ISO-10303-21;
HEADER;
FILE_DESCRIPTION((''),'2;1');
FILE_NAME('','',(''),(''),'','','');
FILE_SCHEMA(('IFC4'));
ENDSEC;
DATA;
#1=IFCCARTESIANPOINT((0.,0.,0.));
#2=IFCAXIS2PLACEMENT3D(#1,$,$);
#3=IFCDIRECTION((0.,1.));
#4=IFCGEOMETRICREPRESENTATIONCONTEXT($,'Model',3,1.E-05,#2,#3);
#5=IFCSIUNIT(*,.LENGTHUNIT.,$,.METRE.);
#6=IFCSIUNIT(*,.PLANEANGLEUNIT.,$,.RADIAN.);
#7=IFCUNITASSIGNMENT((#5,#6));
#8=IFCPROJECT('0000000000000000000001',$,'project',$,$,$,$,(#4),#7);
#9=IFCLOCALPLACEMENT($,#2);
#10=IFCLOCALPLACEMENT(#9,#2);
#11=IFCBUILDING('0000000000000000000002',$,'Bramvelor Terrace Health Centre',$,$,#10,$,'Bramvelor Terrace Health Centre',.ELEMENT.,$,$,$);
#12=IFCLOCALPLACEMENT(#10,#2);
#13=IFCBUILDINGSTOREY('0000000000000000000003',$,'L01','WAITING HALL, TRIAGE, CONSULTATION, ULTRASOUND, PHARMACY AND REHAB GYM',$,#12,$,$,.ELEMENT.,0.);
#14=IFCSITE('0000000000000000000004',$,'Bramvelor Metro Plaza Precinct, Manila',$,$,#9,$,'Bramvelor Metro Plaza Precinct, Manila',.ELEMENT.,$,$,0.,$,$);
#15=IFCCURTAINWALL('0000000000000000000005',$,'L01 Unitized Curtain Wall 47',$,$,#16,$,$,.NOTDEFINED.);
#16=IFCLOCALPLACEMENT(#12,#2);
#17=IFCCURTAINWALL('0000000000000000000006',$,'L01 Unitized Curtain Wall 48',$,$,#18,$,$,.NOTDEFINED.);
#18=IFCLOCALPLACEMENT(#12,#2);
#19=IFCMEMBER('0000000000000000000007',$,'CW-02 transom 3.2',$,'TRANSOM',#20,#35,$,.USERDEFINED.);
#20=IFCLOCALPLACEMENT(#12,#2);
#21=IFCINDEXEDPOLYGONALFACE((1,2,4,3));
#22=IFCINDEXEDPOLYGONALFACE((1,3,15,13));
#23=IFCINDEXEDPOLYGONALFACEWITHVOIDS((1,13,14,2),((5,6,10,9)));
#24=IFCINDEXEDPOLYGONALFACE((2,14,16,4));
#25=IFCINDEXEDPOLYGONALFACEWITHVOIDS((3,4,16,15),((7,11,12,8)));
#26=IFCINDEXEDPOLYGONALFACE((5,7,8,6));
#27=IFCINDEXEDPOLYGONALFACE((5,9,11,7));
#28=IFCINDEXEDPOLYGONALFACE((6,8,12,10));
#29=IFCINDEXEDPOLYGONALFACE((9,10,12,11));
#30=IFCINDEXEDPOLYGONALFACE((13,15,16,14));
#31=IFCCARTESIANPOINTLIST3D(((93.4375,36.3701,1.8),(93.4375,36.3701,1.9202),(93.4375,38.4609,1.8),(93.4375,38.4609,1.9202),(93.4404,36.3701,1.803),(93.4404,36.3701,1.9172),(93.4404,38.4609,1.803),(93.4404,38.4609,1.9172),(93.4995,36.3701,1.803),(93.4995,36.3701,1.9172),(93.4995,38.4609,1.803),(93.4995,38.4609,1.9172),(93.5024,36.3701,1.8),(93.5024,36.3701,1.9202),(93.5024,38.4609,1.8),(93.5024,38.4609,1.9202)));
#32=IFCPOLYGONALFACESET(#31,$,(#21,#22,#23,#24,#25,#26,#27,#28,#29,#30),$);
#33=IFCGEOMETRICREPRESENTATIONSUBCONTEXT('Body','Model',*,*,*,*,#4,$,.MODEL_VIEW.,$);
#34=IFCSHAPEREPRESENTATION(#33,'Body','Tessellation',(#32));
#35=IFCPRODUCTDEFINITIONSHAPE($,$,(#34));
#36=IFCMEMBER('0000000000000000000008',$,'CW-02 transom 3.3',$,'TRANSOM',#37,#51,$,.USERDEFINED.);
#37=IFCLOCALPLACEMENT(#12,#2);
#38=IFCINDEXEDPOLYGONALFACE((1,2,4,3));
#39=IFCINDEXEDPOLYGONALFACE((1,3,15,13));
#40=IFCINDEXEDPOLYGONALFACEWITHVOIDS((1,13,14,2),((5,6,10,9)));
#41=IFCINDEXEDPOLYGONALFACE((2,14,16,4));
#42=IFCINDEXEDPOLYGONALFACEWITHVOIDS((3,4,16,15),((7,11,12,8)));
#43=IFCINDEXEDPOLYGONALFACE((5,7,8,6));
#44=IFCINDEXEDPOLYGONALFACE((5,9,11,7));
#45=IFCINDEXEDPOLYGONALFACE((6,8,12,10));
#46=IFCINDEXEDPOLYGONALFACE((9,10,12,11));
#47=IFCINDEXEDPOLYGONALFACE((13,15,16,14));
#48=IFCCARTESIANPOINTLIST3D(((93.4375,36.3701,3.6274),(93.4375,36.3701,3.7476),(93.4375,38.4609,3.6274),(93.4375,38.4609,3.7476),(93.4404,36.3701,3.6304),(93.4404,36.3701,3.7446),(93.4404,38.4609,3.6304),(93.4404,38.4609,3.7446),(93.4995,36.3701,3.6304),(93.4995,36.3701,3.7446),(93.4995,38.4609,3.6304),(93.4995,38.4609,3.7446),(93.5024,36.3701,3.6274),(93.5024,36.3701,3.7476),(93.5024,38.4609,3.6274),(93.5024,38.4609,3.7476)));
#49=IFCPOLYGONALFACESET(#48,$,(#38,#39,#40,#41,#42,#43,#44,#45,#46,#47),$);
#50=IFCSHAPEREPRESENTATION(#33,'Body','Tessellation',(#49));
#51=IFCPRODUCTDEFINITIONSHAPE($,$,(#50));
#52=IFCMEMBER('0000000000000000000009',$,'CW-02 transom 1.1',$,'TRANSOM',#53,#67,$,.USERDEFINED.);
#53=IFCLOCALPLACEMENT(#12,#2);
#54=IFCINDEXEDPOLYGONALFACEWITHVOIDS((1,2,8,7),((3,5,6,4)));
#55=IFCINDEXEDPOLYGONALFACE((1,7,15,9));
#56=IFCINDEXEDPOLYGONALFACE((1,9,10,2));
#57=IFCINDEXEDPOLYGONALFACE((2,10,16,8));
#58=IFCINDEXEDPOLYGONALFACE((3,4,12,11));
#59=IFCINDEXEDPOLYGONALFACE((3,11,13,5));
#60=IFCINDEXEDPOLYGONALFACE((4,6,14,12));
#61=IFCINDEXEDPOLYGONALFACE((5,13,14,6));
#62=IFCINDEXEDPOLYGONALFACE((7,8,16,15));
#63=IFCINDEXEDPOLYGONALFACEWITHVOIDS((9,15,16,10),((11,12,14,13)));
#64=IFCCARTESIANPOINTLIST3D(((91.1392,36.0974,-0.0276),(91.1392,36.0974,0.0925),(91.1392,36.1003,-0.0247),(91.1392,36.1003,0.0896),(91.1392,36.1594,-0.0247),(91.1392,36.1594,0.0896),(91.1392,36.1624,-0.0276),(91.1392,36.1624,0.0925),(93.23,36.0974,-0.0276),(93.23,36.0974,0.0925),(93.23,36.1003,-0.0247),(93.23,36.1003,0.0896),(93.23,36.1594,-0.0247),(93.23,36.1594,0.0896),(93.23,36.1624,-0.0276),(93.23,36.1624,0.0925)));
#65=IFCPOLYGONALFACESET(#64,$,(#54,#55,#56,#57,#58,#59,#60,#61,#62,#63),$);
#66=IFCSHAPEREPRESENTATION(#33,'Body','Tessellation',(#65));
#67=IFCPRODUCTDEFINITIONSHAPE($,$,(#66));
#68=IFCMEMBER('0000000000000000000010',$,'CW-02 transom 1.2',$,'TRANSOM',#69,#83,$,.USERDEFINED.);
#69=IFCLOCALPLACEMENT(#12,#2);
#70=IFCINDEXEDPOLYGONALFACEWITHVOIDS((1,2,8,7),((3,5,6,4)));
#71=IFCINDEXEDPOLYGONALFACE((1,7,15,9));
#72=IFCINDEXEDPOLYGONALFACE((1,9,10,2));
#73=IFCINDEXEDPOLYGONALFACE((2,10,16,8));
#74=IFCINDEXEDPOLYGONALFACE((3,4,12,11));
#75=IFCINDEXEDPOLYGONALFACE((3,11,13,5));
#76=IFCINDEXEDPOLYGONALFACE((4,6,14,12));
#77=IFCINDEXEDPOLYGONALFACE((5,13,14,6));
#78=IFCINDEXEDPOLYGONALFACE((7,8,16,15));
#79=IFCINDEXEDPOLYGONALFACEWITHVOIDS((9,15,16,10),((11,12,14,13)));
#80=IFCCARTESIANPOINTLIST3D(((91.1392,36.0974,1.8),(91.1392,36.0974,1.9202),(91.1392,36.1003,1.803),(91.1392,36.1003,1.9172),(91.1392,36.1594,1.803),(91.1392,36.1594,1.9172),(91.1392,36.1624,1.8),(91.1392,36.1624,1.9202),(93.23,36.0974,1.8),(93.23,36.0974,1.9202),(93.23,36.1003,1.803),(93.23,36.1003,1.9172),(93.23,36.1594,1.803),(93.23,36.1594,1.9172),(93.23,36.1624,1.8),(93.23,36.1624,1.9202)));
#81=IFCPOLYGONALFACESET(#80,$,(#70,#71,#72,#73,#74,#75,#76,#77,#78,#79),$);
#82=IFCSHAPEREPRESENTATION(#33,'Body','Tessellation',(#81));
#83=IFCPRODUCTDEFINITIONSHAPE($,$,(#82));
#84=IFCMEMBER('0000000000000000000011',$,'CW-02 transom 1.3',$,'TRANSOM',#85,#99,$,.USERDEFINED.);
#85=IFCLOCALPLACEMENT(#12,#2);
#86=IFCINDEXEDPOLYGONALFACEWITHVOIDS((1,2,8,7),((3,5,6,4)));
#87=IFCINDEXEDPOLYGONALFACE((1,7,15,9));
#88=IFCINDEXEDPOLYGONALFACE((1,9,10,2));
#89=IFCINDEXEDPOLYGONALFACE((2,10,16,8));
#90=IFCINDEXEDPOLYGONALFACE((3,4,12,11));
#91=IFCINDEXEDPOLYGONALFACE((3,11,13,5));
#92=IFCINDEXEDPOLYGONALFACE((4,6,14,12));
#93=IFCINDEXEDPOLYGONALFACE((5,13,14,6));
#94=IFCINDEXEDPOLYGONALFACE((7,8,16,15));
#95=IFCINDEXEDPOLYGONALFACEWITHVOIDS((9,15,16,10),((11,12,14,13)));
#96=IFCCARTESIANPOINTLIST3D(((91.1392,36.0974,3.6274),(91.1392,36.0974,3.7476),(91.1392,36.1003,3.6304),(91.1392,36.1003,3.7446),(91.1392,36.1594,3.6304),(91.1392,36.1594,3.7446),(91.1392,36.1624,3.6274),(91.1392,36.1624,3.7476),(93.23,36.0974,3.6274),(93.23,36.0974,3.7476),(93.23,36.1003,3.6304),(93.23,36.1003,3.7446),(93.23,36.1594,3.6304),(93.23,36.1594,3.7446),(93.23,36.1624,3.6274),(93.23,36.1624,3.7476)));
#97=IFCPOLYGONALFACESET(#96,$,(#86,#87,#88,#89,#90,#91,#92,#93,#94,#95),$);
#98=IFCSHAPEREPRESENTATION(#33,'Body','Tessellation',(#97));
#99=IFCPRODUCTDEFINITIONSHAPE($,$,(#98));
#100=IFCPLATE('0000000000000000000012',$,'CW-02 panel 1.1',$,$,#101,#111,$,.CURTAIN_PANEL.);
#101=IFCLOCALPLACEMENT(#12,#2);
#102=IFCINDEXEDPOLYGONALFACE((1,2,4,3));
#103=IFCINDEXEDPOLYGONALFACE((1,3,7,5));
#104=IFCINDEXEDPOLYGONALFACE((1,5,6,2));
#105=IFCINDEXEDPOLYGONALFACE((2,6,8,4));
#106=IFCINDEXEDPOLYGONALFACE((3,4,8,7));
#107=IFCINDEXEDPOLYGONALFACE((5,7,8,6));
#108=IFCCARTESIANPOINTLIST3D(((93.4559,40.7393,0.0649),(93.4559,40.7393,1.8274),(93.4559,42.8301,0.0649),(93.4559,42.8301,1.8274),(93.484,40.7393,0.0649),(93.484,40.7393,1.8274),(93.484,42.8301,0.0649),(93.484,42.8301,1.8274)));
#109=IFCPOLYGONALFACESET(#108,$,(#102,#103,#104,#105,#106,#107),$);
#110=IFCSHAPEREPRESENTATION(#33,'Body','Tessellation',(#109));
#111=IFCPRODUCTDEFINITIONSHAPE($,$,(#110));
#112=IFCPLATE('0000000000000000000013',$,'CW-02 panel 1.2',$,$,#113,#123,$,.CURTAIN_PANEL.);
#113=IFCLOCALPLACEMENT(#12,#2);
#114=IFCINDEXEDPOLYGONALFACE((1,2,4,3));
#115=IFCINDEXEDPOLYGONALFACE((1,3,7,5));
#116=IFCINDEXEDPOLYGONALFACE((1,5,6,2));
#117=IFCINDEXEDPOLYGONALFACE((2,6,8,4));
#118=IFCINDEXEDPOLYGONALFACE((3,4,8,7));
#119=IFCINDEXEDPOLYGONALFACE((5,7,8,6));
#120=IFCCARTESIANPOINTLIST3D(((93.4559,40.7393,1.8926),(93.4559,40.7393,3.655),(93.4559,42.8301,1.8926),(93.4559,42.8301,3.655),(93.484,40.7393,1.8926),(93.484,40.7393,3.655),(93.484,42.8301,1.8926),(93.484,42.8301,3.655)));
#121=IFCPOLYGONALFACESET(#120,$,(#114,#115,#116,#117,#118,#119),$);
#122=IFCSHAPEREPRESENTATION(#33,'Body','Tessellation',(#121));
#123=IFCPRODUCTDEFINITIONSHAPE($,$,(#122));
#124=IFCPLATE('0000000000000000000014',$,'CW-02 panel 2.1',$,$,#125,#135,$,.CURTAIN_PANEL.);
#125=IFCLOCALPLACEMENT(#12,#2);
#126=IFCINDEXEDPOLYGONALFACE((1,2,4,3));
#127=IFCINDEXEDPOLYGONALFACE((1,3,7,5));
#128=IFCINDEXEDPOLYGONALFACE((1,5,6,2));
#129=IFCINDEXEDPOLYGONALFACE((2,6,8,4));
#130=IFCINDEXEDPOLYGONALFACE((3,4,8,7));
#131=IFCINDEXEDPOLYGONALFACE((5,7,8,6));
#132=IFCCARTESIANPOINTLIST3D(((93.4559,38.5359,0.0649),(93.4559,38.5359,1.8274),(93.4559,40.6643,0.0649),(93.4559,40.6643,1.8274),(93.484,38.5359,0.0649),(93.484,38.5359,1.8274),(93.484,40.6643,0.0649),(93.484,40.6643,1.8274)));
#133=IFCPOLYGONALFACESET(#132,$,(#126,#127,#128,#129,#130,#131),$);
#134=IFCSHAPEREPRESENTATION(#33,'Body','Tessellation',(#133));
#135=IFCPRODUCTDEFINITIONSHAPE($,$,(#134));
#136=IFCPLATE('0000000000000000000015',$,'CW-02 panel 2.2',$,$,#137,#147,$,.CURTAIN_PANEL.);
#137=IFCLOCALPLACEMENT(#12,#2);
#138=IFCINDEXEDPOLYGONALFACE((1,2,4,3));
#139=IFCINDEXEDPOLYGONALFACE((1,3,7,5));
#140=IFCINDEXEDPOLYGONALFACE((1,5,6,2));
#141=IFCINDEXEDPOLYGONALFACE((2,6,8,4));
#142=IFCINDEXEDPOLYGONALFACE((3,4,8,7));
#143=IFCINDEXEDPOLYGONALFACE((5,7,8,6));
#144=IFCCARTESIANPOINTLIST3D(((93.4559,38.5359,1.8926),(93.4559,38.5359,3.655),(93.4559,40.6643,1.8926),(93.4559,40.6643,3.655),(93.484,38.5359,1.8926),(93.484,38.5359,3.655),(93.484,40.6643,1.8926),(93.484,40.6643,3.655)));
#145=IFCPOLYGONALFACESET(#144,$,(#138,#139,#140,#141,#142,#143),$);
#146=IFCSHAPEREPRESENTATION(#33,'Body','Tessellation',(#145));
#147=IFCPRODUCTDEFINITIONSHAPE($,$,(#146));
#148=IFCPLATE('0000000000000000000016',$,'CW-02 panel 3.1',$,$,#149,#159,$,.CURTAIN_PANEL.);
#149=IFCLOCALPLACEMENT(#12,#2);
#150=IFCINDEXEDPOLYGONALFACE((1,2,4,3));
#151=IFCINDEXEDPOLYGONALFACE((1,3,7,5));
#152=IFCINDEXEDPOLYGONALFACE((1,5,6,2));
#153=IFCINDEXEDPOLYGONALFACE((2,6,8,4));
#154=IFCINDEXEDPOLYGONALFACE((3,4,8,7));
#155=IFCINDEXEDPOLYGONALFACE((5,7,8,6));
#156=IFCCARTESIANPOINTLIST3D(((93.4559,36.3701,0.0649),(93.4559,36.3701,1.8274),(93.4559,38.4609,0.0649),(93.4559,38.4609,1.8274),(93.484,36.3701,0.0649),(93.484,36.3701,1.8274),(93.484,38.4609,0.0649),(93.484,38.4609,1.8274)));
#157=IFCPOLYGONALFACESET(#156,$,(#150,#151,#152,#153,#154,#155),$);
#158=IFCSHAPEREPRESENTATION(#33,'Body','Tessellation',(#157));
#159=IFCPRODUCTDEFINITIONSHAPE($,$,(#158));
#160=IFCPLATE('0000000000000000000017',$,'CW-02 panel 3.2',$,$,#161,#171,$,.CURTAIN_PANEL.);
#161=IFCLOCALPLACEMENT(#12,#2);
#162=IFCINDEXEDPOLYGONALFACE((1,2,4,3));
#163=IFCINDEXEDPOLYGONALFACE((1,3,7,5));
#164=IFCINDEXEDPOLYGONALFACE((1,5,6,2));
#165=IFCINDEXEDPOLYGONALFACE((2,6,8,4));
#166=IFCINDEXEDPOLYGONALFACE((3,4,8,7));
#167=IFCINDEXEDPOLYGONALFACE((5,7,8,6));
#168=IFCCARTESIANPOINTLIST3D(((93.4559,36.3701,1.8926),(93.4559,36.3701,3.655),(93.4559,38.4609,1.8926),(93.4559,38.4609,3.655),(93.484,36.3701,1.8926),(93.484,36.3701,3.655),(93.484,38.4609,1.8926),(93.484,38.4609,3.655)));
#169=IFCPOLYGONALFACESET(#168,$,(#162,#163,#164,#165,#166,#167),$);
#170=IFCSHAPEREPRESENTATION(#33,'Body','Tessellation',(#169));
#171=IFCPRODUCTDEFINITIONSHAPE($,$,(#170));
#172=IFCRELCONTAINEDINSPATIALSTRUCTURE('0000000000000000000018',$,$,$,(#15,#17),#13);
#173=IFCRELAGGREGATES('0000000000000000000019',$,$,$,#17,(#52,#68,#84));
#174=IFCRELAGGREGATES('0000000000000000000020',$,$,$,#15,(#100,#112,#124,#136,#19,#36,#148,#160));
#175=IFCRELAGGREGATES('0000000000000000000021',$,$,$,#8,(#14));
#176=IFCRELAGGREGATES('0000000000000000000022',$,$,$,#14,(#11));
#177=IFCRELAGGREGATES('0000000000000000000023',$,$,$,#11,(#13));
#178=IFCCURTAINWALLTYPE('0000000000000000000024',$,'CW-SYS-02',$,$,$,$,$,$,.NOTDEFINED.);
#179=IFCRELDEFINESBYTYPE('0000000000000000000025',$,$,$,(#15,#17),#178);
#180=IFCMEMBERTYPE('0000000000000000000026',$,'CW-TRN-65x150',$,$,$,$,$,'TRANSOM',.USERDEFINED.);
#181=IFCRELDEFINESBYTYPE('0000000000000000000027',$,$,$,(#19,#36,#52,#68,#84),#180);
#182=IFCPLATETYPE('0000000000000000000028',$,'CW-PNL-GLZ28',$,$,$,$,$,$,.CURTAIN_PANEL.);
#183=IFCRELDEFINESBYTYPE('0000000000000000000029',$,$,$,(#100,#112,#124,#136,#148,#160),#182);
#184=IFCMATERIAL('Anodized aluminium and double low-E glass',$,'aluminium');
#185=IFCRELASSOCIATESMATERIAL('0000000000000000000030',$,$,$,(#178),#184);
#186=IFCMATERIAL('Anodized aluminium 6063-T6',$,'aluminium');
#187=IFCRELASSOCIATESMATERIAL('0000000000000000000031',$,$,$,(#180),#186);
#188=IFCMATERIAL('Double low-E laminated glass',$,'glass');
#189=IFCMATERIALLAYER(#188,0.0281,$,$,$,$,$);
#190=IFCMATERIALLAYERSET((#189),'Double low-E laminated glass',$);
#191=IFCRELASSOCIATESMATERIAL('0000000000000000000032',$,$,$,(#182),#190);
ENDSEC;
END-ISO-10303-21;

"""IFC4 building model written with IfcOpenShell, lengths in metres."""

from ifc_helpers import new_model, si_unit, direction, frame, origin, origin_2d, place, context, subcontext, project, spatial, rectangle, hollow_rectangle, extrude, material, layer, layer_set, material_profile, profile_set, type_object, element, aggregate, save


model = new_model("IFC4")

# Units and contexts
model_context = context("Model", 3, precision=1e-05, world=origin(), true_north=direction((0.0, 1.0)))
body_context = subcontext(model_context, "Body", "Model", "MODEL_VIEW")
ifc_project = project(units=[si_unit("LENGTHUNIT", "METRE"), si_unit("PLANEANGLEUNIT", "RADIAN")], contexts=[model_context])

# Site, building, storey
site_placement = place(None, origin())
site = spatial("IfcSite", under=ifc_project, at=site_placement, Name="Bramvelor Metro Plaza Precinct, Manila", LongName="Bramvelor Metro Plaza Precinct, Manila", CompositionType="ELEMENT", RefElevation=0.0)
building_placement = place(site_placement, origin())
building = spatial("IfcBuilding", under=site, at=building_placement, Name="Bramvelor Terrace Health Centre", LongName="Bramvelor Terrace Health Centre", CompositionType="ELEMENT")
storey_placement = place(building_placement, origin())
storey = spatial("IfcBuildingStorey", under=building, at=storey_placement, Name="L01", Description="WAITING HALL, TRIAGE, CONSULTATION, ULTRASOUND, PHARMACY AND REHAB GYM", CompositionType="ELEMENT", Elevation=0.0)

# Curtain wall
ifc_material_1 = material(Name="Anodized aluminium and double low-E glass", Category="aluminium")
curtain_wall_type = type_object("IfcCurtainWallType", Name="CW-SYS-02", PredefinedType="NOTDEFINED", material=ifc_material_1)
curtain_wall_1_placement = place(storey_placement, origin())
curtain_wall_1 = element("IfcCurtainWall", 1, at=curtain_wall_1_placement, inside=storey, type_object=curtain_wall_type, Name="L01 Unitized Curtain Wall 47", PredefinedType="NOTDEFINED")

# Curtain wall
curtain_wall_2_placement = place(storey_placement, origin())
curtain_wall_2 = element("IfcCurtainWall", 2, at=curtain_wall_2_placement, inside=storey, type_object=curtain_wall_type, Name="L01 Unitized Curtain Wall 48", PredefinedType="NOTDEFINED")

# Members
ifc_material_2 = material(Name="Anodized aluminium 6063-T6", Category="aluminium")
ifc_material_profile_1 = material_profile(ifc_material_2, hollow_rectangle(XDim=0.0649, YDim=0.1201, WallThickness=0.0029, at=origin_2d()), Name="ALU-TRN 65x120x3.0")
ifc_profile_set_1 = profile_set([ifc_material_profile_1], Name="Anodized aluminium 6063-T6")
member_type_1 = type_object("IfcMemberType", Name="CW-TRN-65x150", ElementType="TRANSOM", PredefinedType="USERDEFINED", material=ifc_profile_set_1)
member_1_placement = place(storey_placement, frame((93.47, 38.4609, 1.8601), z_axis=(0.0, -1.0, 0.0), x_axis=(1.0, 0.0, 0.0)))
member_1 = element("IfcMember", 3, at=member_1_placement, type_object=member_type_1, Name="CW-02 transom 3.2", ObjectType="TRANSOM", PredefinedType="USERDEFINED", context=body_context, shape_type="SweptSolid", body=[
    extrude(hollow_rectangle(XDim=0.0649, YDim=0.1201, WallThickness=0.0029, at=origin_2d()), origin(), (0.0, 0.0, 1.0), 2.0908),
])
member_2_placement = place(storey_placement, frame((93.47, 38.4609, 3.6875), z_axis=(0.0, -1.0, 0.0), x_axis=(1.0, 0.0, 0.0)))
member_2 = element("IfcMember", 4, at=member_2_placement, type_object=member_type_1, Name="CW-02 transom 3.3", ObjectType="TRANSOM", PredefinedType="USERDEFINED", context=body_context, shape_type="SweptSolid", body=[
    extrude(hollow_rectangle(XDim=0.0649, YDim=0.1201, WallThickness=0.0029, at=origin_2d()), origin(), (0.0, 0.0, 1.0), 2.0908),
])
member_3_placement = place(storey_placement, frame((93.23, 36.1299, 0.0325), z_axis=(-1.0, 0.0, 0.0), x_axis=(0.0, -1.0, 0.0)))
member_3 = element("IfcMember", 5, at=member_3_placement, type_object=member_type_1, Name="CW-02 transom 1.1", ObjectType="TRANSOM", PredefinedType="USERDEFINED", context=body_context, shape_type="SweptSolid", body=[
    extrude(hollow_rectangle(XDim=0.0649, YDim=0.1201, WallThickness=0.0029, at=origin_2d()), origin(), (0.0, 0.0, 1.0), 2.0908),
])
member_4_placement = place(storey_placement, frame((93.23, 36.1299, 1.8601), z_axis=(-1.0, 0.0, 0.0), x_axis=(0.0, -1.0, 0.0)))
member_4 = element("IfcMember", 6, at=member_4_placement, type_object=member_type_1, Name="CW-02 transom 1.2", ObjectType="TRANSOM", PredefinedType="USERDEFINED", context=body_context, shape_type="SweptSolid", body=[
    extrude(hollow_rectangle(XDim=0.0649, YDim=0.1201, WallThickness=0.0029, at=origin_2d()), origin(), (0.0, 0.0, 1.0), 2.0908),
])
member_5_placement = place(storey_placement, frame((93.23, 36.1299, 3.6875), z_axis=(-1.0, 0.0, 0.0), x_axis=(0.0, -1.0, 0.0)))
member_5 = element("IfcMember", 7, at=member_5_placement, type_object=member_type_1, Name="CW-02 transom 1.3", ObjectType="TRANSOM", PredefinedType="USERDEFINED", context=body_context, shape_type="SweptSolid", body=[
    extrude(hollow_rectangle(XDim=0.0649, YDim=0.1201, WallThickness=0.0029, at=origin_2d()), origin(), (0.0, 0.0, 1.0), 2.0908),
])
aggregate(curtain_wall_2, [member_3, member_4, member_5])

# Plates
ifc_material_3 = material(Name="Double low-E laminated glass", Category="glass")
ifc_layer = layer(ifc_material_3, 0.0281)
ifc_layer_set = layer_set([ifc_layer], Name="Double low-E laminated glass")
plate_type = type_object("IfcPlateType", Name="CW-PNL-GLZ28", PredefinedType="CURTAIN_PANEL", material=ifc_layer_set)
plate_1_placement = place(storey_placement, frame((93.47, 41.7847, 0.0649), z_axis=(0.0, 0.0, 1.0), x_axis=(0.0, -1.0, 0.0)))
plate_1 = element("IfcPlate", 8, at=plate_1_placement, type_object=plate_type, Name="CW-02 panel 1.1", PredefinedType="CURTAIN_PANEL", context=body_context, shape_type="SweptSolid", body=[
    extrude(rectangle(XDim=2.0908, YDim=0.0281, at=origin_2d()), origin(), (0.0, 0.0, 1.0), 1.7625),
])
plate_2_placement = place(storey_placement, frame((93.47, 41.7847, 1.8926), z_axis=(0.0, 0.0, 1.0), x_axis=(0.0, -1.0, 0.0)))
plate_2 = element("IfcPlate", 9, at=plate_2_placement, type_object=plate_type, Name="CW-02 panel 1.2", PredefinedType="CURTAIN_PANEL", context=body_context, shape_type="SweptSolid", body=[
    extrude(rectangle(XDim=2.0908, YDim=0.0281, at=origin_2d()), origin(), (0.0, 0.0, 1.0), 1.7625),
])
plate_3_placement = place(storey_placement, frame((93.47, 39.6001, 0.0649), z_axis=(0.0, 0.0, 1.0), x_axis=(0.0, -1.0, 0.0)))
plate_3 = element("IfcPlate", 10, at=plate_3_placement, type_object=plate_type, Name="CW-02 panel 2.1", PredefinedType="CURTAIN_PANEL", context=body_context, shape_type="SweptSolid", body=[
    extrude(rectangle(XDim=2.1284, YDim=0.0281, at=origin_2d()), origin(), (0.0, 0.0, 1.0), 1.7625),
])
plate_4_placement = place(storey_placement, frame((93.47, 39.6001, 1.8926), z_axis=(0.0, 0.0, 1.0), x_axis=(0.0, -1.0, 0.0)))
plate_4 = element("IfcPlate", 11, at=plate_4_placement, type_object=plate_type, Name="CW-02 panel 2.2", PredefinedType="CURTAIN_PANEL", context=body_context, shape_type="SweptSolid", body=[
    extrude(rectangle(XDim=2.1284, YDim=0.0281, at=origin_2d()), origin(), (0.0, 0.0, 1.0), 1.7625),
])
plate_5_placement = place(storey_placement, frame((93.47, 37.4155, 0.0649), z_axis=(0.0, 0.0, 1.0), x_axis=(0.0, -1.0, 0.0)))
plate_5 = element("IfcPlate", 12, at=plate_5_placement, type_object=plate_type, Name="CW-02 panel 3.1", PredefinedType="CURTAIN_PANEL", context=body_context, shape_type="SweptSolid", body=[
    extrude(rectangle(XDim=2.0908, YDim=0.0281, at=origin_2d()), origin(), (0.0, 0.0, 1.0), 1.7625),
])
plate_6_placement = place(storey_placement, frame((93.47, 37.4155, 1.8926), z_axis=(0.0, 0.0, 1.0), x_axis=(0.0, -1.0, 0.0)))
plate_6 = element("IfcPlate", 13, at=plate_6_placement, type_object=plate_type, Name="CW-02 panel 3.2", PredefinedType="CURTAIN_PANEL", context=body_context, shape_type="SweptSolid", body=[
    extrude(rectangle(XDim=2.0908, YDim=0.0281, at=origin_2d()), origin(), (0.0, 0.0, 1.0), 1.7625),
])
aggregate(curtain_wall_1, [plate_1, plate_2, plate_3, plate_4, member_1, member_2, plate_5, plate_6])

save(model, "model.ifc")
